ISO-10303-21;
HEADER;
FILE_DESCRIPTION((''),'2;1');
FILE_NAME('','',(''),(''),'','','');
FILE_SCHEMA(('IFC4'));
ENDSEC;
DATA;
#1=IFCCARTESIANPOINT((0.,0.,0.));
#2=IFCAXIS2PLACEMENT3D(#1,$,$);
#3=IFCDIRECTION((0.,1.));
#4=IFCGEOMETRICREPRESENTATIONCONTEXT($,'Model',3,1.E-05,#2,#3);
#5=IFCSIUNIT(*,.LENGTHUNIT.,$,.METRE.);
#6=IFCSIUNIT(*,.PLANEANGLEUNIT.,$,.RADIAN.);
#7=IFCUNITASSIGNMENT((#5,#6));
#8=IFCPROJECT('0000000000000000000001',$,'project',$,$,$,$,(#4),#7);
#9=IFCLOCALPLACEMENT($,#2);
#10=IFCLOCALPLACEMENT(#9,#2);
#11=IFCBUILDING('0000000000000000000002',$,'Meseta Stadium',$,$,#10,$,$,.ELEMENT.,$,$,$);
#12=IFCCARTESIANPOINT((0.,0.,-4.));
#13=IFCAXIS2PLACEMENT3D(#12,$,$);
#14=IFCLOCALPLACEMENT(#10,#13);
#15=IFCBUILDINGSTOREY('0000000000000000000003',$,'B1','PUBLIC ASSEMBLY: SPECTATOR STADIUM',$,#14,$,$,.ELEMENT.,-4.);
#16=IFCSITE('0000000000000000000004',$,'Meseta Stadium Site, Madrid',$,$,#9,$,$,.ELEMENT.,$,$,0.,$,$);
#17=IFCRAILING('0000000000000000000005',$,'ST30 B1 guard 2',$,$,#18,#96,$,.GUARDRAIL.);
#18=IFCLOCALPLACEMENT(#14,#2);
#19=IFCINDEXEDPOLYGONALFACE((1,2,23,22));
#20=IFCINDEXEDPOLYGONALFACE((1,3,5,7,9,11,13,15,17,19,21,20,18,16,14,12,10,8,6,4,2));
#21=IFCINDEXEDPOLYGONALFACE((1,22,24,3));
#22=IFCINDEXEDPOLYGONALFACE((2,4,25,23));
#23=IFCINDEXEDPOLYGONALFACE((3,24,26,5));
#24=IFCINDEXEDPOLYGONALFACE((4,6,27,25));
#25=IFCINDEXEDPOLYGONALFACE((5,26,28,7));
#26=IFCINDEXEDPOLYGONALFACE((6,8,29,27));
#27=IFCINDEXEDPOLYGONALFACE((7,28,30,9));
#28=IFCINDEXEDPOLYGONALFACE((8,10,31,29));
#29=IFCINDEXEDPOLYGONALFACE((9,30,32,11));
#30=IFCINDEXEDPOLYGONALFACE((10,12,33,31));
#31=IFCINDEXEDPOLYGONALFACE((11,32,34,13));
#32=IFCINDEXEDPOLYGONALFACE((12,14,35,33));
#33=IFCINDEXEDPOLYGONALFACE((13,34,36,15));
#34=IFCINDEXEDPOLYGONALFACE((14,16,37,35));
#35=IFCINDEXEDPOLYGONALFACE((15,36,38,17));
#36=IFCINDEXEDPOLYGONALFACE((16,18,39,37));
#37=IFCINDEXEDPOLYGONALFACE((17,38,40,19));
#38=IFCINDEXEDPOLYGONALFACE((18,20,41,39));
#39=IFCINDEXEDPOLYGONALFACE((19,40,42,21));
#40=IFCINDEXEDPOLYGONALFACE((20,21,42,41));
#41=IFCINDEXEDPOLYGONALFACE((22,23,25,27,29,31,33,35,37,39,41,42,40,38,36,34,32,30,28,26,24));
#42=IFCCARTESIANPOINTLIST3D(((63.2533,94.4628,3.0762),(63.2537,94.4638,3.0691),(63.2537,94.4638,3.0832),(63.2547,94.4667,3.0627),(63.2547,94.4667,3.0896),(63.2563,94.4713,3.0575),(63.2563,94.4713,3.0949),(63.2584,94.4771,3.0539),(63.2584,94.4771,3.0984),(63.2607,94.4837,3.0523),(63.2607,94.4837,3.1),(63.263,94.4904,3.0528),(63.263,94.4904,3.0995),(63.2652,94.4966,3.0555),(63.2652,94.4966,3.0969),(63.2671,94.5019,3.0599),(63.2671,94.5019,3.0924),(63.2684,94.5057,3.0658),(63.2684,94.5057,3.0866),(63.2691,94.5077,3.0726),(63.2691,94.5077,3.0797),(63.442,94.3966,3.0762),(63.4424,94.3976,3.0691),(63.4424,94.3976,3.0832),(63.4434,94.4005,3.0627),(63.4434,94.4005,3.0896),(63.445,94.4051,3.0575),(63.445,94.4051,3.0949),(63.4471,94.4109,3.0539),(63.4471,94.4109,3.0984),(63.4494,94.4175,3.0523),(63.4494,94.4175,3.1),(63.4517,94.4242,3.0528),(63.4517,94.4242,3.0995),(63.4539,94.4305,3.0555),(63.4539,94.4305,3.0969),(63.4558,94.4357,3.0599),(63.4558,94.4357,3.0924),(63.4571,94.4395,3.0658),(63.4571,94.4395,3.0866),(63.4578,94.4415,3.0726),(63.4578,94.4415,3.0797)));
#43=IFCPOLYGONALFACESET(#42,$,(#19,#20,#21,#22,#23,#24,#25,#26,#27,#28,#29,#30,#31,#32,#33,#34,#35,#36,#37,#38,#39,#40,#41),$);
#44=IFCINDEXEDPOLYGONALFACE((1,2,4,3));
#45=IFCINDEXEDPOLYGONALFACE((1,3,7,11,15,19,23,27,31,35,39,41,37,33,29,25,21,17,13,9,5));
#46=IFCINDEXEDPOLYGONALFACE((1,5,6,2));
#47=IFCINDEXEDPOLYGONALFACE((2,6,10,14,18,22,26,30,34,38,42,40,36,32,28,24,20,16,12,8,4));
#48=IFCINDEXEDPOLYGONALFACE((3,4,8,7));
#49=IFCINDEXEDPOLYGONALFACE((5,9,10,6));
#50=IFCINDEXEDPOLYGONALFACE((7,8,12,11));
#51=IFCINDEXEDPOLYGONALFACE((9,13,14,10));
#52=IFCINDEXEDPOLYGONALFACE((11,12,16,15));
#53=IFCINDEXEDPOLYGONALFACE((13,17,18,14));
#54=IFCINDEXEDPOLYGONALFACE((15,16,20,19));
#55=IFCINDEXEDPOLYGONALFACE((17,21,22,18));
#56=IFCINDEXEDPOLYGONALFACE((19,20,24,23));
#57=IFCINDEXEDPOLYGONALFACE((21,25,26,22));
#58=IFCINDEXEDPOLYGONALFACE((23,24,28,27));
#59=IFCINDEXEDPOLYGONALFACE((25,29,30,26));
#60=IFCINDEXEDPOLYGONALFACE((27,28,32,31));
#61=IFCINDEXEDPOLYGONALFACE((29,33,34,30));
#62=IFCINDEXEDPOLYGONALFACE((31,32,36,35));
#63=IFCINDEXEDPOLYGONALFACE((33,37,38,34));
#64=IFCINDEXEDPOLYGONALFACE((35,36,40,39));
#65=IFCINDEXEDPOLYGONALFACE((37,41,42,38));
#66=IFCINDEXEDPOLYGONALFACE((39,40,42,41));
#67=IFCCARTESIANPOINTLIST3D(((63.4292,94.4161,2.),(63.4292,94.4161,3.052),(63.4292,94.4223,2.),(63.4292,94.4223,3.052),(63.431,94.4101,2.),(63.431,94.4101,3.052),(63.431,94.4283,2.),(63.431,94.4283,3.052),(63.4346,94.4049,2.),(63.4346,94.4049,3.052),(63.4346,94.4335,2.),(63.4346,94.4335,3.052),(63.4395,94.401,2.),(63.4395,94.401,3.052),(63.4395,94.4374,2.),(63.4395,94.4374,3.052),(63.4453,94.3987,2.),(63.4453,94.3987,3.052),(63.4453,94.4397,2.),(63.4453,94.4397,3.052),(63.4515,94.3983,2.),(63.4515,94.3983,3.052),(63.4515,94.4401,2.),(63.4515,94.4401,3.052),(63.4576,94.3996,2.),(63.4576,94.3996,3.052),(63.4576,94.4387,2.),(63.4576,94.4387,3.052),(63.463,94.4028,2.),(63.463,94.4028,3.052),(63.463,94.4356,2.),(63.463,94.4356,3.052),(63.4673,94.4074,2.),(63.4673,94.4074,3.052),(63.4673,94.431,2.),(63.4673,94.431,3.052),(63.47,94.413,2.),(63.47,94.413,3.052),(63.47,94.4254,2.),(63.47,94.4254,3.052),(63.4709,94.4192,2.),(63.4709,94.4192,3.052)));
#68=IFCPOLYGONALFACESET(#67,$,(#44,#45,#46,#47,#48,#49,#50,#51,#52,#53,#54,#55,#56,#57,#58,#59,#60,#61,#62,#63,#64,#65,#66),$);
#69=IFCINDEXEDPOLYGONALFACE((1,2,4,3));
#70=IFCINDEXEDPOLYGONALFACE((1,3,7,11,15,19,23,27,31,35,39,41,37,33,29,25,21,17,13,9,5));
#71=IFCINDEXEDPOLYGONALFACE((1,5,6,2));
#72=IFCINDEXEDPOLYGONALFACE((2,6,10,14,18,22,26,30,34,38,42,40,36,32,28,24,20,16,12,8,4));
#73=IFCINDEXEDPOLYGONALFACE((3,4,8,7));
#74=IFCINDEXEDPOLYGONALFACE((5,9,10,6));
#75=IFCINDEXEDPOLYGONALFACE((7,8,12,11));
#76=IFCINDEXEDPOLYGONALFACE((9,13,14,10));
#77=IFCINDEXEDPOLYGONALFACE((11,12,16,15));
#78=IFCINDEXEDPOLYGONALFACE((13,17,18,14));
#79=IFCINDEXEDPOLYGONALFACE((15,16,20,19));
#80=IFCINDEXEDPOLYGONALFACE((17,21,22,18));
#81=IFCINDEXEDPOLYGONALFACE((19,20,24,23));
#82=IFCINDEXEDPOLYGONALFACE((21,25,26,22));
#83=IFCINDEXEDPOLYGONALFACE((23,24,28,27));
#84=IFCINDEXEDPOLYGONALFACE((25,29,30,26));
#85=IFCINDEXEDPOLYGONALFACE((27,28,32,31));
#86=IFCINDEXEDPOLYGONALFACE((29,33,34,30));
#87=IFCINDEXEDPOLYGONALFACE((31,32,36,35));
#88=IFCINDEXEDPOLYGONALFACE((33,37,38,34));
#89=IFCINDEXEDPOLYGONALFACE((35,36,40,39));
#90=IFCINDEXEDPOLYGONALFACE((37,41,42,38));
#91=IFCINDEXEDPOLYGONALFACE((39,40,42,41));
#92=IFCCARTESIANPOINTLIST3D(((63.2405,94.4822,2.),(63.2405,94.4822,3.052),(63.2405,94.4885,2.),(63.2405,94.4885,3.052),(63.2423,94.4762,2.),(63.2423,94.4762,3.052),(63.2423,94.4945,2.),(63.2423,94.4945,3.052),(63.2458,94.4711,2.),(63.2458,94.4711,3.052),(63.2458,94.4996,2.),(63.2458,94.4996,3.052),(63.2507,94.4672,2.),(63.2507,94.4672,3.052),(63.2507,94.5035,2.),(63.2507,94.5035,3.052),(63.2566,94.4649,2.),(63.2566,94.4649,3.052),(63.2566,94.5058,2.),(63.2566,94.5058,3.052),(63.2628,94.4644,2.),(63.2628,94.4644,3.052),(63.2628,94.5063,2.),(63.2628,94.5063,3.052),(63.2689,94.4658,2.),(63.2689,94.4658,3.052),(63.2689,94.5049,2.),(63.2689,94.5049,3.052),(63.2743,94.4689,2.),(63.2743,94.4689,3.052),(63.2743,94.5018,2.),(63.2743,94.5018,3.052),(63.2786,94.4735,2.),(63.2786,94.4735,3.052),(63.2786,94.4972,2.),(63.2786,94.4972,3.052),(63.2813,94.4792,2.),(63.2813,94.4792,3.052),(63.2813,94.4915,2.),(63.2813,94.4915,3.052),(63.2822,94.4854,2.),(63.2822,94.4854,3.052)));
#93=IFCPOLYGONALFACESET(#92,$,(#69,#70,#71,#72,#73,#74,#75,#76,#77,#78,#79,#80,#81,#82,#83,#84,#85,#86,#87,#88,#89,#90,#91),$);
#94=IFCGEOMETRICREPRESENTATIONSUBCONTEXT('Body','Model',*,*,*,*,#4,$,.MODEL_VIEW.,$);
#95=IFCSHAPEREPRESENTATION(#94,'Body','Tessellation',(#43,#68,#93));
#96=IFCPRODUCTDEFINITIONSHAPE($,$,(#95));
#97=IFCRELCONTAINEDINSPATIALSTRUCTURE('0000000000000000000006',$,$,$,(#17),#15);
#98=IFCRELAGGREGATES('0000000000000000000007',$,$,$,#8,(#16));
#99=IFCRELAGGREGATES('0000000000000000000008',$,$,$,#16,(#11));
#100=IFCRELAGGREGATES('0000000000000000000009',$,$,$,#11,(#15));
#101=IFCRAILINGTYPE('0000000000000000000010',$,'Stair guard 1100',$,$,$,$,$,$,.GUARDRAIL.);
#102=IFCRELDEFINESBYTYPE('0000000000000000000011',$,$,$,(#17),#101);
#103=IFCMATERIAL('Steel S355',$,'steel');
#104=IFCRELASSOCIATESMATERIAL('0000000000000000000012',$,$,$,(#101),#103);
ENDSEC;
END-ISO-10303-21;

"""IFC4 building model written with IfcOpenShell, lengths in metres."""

from ifc_helpers import new_model, si_unit, direction, frame, origin, origin_2d, place, context, subcontext, project, spatial, circle, extrude, material, type_object, element, save


model = new_model("IFC4")

# Units and contexts
model_context = context("Model", 3, precision=1e-05, world=origin(), true_north=direction((0.0, 1.0)))
body_context = subcontext(model_context, "Body", "Model", "MODEL_VIEW")
ifc_project = project(units=[si_unit("LENGTHUNIT", "METRE"), si_unit("PLANEANGLEUNIT", "RADIAN")], contexts=[model_context])

# Site, building, storey
site_placement = place(None, origin())
site = spatial("IfcSite", under=ifc_project, at=site_placement, Name="Meseta Stadium Site, Madrid", CompositionType="ELEMENT", RefElevation=0.0)
building_placement = place(site_placement, origin())
building = spatial("IfcBuilding", under=site, at=building_placement, Name="Meseta Stadium", CompositionType="ELEMENT")
storey_placement = place(building_placement, frame((0.0, 0.0, -4.0)))
storey = spatial("IfcBuildingStorey", under=building, at=storey_placement, Name="B1", Description="PUBLIC ASSEMBLY: SPECTATOR STADIUM", CompositionType="ELEMENT", Elevation=-4.0)

# Railing
ifc_material_1 = material(Name="Steel S355", Category="steel")
railing_type_1 = type_object("IfcRailingType", Name="Stair guard 1100", PredefinedType="GUARDRAIL", material=ifc_material_1)
railing_1_placement = place(storey_placement, frame((63.45, 94.4192, 2.0)))
element("IfcRailing", 1, at=railing_1_placement, inside=storey, type_object=railing_type_1, Name="ST30 B1 guard 2", PredefinedType="GUARDRAIL", context=body_context, shape_type="SweptSolid", body=[
    extrude(circle(Radius=0.0239, at=origin_2d()), frame((0.0, 0.0, 1.0762), z_axis=(-0.943687, 0.33084, 0.0), x_axis=(-0.33084, -0.943687, 0.0)), (0.0, 0.0, 1.0), 0.2),
    extrude(circle(Radius=0.021, at=origin_2d()), origin(), (0.0, 0.0, 1.0), 1.052),
    extrude(circle(Radius=0.021, at=origin_2d()), frame((-0.1887, 0.0662, 0.0)), (0.0, 0.0, 1.0), 1.052),
])

save(model, "model.ifc")
